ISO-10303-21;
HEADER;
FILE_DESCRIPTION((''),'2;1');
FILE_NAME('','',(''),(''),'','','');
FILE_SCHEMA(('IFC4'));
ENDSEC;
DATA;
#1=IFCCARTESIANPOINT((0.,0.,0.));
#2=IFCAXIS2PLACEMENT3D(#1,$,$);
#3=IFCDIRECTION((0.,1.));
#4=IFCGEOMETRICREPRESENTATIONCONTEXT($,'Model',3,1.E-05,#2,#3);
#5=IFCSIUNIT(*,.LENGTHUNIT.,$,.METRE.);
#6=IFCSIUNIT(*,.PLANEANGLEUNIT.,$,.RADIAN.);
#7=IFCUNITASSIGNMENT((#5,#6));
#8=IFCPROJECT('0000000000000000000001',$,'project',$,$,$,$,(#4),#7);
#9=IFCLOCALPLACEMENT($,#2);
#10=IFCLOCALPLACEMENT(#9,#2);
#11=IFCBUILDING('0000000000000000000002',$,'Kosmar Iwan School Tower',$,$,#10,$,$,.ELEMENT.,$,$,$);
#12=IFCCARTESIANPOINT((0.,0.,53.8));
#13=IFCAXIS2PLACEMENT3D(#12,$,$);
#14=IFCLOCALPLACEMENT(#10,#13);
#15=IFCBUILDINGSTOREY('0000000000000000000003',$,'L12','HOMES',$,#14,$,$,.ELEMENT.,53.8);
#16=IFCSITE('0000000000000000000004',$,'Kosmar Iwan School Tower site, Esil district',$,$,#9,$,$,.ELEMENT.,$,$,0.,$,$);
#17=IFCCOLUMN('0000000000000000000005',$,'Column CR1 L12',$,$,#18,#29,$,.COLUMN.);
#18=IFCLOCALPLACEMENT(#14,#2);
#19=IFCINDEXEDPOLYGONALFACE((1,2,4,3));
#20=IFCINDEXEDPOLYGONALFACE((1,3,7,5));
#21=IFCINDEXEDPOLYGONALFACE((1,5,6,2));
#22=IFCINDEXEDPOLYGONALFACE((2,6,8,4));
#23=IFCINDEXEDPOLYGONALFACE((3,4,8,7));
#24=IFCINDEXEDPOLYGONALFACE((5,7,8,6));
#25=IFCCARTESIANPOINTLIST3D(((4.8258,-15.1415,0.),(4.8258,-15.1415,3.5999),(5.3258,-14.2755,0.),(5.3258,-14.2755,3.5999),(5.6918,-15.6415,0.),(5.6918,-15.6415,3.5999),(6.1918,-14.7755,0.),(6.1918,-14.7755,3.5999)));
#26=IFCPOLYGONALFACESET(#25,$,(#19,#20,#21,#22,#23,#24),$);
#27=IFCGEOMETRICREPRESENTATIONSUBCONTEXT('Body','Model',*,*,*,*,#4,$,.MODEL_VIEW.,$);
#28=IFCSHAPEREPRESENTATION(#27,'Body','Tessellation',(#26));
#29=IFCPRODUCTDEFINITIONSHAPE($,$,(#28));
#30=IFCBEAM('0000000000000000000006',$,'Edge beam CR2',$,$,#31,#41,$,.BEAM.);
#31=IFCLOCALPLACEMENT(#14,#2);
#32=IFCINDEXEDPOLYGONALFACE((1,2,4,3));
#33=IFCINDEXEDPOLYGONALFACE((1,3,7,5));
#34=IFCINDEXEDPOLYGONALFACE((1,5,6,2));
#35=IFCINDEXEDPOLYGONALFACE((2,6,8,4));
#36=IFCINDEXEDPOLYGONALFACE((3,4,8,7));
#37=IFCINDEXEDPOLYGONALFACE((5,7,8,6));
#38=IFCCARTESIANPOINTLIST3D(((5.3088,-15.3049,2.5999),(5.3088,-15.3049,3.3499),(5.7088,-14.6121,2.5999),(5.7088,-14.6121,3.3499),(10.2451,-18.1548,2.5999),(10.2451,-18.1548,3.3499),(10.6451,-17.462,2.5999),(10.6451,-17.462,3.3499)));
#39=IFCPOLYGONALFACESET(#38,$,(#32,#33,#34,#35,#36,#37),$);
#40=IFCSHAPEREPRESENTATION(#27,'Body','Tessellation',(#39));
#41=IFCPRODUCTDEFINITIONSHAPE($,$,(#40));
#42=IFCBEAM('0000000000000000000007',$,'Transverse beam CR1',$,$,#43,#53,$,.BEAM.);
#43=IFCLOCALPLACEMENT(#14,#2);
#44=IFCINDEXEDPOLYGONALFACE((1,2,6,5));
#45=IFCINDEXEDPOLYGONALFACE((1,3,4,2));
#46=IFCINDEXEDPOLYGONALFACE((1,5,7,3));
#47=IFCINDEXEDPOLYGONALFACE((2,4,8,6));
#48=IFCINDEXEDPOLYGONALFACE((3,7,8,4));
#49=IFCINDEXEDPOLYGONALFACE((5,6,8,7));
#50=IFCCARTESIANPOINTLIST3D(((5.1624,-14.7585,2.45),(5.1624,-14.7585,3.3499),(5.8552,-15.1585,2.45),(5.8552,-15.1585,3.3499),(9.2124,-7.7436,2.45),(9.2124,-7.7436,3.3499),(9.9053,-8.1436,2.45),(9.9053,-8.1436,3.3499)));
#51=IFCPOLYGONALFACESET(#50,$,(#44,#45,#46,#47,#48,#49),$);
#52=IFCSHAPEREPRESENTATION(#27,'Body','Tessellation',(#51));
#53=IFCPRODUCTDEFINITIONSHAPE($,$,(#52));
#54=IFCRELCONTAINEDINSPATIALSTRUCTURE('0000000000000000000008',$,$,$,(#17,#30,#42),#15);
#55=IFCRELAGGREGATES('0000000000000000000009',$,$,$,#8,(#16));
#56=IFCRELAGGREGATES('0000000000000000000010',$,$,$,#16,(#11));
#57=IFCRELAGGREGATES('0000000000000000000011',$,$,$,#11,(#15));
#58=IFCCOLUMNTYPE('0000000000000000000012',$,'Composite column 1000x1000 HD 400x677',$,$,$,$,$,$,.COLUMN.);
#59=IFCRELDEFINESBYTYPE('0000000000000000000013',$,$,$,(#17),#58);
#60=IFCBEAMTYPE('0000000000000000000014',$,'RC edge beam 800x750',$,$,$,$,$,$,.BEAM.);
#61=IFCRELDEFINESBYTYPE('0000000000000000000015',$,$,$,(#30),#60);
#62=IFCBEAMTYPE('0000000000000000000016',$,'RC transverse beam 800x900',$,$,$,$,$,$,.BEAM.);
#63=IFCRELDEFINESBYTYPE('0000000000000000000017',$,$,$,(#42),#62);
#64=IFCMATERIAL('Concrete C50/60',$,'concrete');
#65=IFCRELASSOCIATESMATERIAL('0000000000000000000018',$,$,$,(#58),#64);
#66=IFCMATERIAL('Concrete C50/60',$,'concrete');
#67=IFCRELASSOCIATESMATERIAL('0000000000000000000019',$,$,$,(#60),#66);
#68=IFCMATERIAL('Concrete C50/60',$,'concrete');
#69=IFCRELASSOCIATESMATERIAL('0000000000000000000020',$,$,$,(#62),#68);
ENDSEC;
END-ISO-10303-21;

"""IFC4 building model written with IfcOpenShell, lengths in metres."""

from ifc_helpers import new_model, si_unit, direction, frame, origin, origin_2d, place, context, subcontext, project, spatial, rectangle, extrude, material, material_profile, profile_set, type_object, element, save


model = new_model("IFC4")

# Units and contexts
model_context = context("Model", 3, precision=1e-05, world=origin(), true_north=direction((0.0, 1.0)))
body_context = subcontext(model_context, "Body", "Model", "MODEL_VIEW")
ifc_project = project(units=[si_unit("LENGTHUNIT", "METRE"), si_unit("PLANEANGLEUNIT", "RADIAN")], contexts=[model_context])

# Site, building, storey
site_placement = place(None, origin())
site = spatial("IfcSite", under=ifc_project, at=site_placement, Name="Kosmar Iwan School Tower site, Esil district", CompositionType="ELEMENT", RefElevation=0.0)
building_placement = place(site_placement, origin())
building = spatial("IfcBuilding", under=site, at=building_placement, Name="Kosmar Iwan School Tower", CompositionType="ELEMENT")
storey_placement = place(building_placement, frame((0.0, 0.0, 53.8)))
storey = spatial("IfcBuildingStorey", under=building, at=storey_placement, Name="L12", Description="HOMES", CompositionType="ELEMENT", Elevation=53.8)

# Column
ifc_material_1 = material(Name="Concrete C50/60", Category="concrete")
ifc_material_profile_1 = material_profile(ifc_material_1, rectangle(XDim=1.0, YDim=1.0, at=origin_2d()), Name="RC 1000x1000 + HD 400x677")
ifc_profile_set_1 = profile_set([ifc_material_profile_1], Name="Concrete C50/60")
column_type = type_object("IfcColumnType", Name="Composite column 1000x1000 HD 400x677", PredefinedType="COLUMN", material=ifc_profile_set_1)
column_placement = place(storey_placement, frame((5.5088, -14.9585, 0.0), z_axis=(0.0, 0.0, 1.0), x_axis=(0.866025, -0.5, 0.0)))
element("IfcColumn", 1, at=column_placement, inside=storey, type_object=column_type, Name="Column CR1 L12", PredefinedType="COLUMN", context=body_context, shape_type="SweptSolid", body=[
    extrude(rectangle(XDim=1.0, YDim=1.0, at=origin_2d()), origin(), (0.0, 0.0, 1.0), 3.5999),
])

# Beams
ifc_material_2 = material(Name="Concrete C50/60", Category="concrete")
ifc_material_profile_2 = material_profile(ifc_material_2, rectangle(XDim=0.8, YDim=0.75, at=origin_2d()), Name="RC 800x750")
ifc_profile_set_2 = profile_set([ifc_material_profile_2], Name="Concrete C50/60")
beam_type_1 = type_object("IfcBeamType", Name="RC edge beam 800x750", PredefinedType="BEAM", material=ifc_profile_set_2)
beam_1_placement = place(storey_placement, frame((5.5088, -14.9585, 2.9749), z_axis=(0.866034, -0.499986, 0.0), x_axis=(0.499986, 0.866034, 0.0)))
element("IfcBeam", 2, at=beam_1_placement, inside=storey, type_object=beam_type_1, Name="Edge beam CR2", PredefinedType="BEAM", context=body_context, shape_type="SweptSolid", body=[
    extrude(rectangle(XDim=0.8, YDim=0.75, at=origin_2d()), origin(), (0.0, 0.0, 1.0), 5.7),
])
ifc_material_3 = material(Name="Concrete C50/60", Category="concrete")
ifc_material_profile_3 = material_profile(ifc_material_3, rectangle(XDim=0.8, YDim=0.8999, at=origin_2d()), Name="RC 800x900")
ifc_profile_set_3 = profile_set([ifc_material_profile_3], Name="Concrete C50/60")
beam_type_2 = type_object("IfcBeamType", Name="RC transverse beam 800x900", PredefinedType="BEAM", material=ifc_profile_set_3)
beam_2_placement = place(storey_placement, frame((5.5088, -14.9585, 2.8999), z_axis=(0.5, 0.866025, 0.0), x_axis=(-0.866025, 0.5, 0.0)))
element("IfcBeam", 3, at=beam_2_placement, inside=storey, type_object=beam_type_2, Name="Transverse beam CR1", PredefinedType="BEAM", context=body_context, shape_type="SweptSolid", body=[
    extrude(rectangle(XDim=0.8, YDim=0.8999, at=origin_2d()), origin(), (0.0, 0.0, 1.0), 8.1001),
])

save(model, "model.ifc")
